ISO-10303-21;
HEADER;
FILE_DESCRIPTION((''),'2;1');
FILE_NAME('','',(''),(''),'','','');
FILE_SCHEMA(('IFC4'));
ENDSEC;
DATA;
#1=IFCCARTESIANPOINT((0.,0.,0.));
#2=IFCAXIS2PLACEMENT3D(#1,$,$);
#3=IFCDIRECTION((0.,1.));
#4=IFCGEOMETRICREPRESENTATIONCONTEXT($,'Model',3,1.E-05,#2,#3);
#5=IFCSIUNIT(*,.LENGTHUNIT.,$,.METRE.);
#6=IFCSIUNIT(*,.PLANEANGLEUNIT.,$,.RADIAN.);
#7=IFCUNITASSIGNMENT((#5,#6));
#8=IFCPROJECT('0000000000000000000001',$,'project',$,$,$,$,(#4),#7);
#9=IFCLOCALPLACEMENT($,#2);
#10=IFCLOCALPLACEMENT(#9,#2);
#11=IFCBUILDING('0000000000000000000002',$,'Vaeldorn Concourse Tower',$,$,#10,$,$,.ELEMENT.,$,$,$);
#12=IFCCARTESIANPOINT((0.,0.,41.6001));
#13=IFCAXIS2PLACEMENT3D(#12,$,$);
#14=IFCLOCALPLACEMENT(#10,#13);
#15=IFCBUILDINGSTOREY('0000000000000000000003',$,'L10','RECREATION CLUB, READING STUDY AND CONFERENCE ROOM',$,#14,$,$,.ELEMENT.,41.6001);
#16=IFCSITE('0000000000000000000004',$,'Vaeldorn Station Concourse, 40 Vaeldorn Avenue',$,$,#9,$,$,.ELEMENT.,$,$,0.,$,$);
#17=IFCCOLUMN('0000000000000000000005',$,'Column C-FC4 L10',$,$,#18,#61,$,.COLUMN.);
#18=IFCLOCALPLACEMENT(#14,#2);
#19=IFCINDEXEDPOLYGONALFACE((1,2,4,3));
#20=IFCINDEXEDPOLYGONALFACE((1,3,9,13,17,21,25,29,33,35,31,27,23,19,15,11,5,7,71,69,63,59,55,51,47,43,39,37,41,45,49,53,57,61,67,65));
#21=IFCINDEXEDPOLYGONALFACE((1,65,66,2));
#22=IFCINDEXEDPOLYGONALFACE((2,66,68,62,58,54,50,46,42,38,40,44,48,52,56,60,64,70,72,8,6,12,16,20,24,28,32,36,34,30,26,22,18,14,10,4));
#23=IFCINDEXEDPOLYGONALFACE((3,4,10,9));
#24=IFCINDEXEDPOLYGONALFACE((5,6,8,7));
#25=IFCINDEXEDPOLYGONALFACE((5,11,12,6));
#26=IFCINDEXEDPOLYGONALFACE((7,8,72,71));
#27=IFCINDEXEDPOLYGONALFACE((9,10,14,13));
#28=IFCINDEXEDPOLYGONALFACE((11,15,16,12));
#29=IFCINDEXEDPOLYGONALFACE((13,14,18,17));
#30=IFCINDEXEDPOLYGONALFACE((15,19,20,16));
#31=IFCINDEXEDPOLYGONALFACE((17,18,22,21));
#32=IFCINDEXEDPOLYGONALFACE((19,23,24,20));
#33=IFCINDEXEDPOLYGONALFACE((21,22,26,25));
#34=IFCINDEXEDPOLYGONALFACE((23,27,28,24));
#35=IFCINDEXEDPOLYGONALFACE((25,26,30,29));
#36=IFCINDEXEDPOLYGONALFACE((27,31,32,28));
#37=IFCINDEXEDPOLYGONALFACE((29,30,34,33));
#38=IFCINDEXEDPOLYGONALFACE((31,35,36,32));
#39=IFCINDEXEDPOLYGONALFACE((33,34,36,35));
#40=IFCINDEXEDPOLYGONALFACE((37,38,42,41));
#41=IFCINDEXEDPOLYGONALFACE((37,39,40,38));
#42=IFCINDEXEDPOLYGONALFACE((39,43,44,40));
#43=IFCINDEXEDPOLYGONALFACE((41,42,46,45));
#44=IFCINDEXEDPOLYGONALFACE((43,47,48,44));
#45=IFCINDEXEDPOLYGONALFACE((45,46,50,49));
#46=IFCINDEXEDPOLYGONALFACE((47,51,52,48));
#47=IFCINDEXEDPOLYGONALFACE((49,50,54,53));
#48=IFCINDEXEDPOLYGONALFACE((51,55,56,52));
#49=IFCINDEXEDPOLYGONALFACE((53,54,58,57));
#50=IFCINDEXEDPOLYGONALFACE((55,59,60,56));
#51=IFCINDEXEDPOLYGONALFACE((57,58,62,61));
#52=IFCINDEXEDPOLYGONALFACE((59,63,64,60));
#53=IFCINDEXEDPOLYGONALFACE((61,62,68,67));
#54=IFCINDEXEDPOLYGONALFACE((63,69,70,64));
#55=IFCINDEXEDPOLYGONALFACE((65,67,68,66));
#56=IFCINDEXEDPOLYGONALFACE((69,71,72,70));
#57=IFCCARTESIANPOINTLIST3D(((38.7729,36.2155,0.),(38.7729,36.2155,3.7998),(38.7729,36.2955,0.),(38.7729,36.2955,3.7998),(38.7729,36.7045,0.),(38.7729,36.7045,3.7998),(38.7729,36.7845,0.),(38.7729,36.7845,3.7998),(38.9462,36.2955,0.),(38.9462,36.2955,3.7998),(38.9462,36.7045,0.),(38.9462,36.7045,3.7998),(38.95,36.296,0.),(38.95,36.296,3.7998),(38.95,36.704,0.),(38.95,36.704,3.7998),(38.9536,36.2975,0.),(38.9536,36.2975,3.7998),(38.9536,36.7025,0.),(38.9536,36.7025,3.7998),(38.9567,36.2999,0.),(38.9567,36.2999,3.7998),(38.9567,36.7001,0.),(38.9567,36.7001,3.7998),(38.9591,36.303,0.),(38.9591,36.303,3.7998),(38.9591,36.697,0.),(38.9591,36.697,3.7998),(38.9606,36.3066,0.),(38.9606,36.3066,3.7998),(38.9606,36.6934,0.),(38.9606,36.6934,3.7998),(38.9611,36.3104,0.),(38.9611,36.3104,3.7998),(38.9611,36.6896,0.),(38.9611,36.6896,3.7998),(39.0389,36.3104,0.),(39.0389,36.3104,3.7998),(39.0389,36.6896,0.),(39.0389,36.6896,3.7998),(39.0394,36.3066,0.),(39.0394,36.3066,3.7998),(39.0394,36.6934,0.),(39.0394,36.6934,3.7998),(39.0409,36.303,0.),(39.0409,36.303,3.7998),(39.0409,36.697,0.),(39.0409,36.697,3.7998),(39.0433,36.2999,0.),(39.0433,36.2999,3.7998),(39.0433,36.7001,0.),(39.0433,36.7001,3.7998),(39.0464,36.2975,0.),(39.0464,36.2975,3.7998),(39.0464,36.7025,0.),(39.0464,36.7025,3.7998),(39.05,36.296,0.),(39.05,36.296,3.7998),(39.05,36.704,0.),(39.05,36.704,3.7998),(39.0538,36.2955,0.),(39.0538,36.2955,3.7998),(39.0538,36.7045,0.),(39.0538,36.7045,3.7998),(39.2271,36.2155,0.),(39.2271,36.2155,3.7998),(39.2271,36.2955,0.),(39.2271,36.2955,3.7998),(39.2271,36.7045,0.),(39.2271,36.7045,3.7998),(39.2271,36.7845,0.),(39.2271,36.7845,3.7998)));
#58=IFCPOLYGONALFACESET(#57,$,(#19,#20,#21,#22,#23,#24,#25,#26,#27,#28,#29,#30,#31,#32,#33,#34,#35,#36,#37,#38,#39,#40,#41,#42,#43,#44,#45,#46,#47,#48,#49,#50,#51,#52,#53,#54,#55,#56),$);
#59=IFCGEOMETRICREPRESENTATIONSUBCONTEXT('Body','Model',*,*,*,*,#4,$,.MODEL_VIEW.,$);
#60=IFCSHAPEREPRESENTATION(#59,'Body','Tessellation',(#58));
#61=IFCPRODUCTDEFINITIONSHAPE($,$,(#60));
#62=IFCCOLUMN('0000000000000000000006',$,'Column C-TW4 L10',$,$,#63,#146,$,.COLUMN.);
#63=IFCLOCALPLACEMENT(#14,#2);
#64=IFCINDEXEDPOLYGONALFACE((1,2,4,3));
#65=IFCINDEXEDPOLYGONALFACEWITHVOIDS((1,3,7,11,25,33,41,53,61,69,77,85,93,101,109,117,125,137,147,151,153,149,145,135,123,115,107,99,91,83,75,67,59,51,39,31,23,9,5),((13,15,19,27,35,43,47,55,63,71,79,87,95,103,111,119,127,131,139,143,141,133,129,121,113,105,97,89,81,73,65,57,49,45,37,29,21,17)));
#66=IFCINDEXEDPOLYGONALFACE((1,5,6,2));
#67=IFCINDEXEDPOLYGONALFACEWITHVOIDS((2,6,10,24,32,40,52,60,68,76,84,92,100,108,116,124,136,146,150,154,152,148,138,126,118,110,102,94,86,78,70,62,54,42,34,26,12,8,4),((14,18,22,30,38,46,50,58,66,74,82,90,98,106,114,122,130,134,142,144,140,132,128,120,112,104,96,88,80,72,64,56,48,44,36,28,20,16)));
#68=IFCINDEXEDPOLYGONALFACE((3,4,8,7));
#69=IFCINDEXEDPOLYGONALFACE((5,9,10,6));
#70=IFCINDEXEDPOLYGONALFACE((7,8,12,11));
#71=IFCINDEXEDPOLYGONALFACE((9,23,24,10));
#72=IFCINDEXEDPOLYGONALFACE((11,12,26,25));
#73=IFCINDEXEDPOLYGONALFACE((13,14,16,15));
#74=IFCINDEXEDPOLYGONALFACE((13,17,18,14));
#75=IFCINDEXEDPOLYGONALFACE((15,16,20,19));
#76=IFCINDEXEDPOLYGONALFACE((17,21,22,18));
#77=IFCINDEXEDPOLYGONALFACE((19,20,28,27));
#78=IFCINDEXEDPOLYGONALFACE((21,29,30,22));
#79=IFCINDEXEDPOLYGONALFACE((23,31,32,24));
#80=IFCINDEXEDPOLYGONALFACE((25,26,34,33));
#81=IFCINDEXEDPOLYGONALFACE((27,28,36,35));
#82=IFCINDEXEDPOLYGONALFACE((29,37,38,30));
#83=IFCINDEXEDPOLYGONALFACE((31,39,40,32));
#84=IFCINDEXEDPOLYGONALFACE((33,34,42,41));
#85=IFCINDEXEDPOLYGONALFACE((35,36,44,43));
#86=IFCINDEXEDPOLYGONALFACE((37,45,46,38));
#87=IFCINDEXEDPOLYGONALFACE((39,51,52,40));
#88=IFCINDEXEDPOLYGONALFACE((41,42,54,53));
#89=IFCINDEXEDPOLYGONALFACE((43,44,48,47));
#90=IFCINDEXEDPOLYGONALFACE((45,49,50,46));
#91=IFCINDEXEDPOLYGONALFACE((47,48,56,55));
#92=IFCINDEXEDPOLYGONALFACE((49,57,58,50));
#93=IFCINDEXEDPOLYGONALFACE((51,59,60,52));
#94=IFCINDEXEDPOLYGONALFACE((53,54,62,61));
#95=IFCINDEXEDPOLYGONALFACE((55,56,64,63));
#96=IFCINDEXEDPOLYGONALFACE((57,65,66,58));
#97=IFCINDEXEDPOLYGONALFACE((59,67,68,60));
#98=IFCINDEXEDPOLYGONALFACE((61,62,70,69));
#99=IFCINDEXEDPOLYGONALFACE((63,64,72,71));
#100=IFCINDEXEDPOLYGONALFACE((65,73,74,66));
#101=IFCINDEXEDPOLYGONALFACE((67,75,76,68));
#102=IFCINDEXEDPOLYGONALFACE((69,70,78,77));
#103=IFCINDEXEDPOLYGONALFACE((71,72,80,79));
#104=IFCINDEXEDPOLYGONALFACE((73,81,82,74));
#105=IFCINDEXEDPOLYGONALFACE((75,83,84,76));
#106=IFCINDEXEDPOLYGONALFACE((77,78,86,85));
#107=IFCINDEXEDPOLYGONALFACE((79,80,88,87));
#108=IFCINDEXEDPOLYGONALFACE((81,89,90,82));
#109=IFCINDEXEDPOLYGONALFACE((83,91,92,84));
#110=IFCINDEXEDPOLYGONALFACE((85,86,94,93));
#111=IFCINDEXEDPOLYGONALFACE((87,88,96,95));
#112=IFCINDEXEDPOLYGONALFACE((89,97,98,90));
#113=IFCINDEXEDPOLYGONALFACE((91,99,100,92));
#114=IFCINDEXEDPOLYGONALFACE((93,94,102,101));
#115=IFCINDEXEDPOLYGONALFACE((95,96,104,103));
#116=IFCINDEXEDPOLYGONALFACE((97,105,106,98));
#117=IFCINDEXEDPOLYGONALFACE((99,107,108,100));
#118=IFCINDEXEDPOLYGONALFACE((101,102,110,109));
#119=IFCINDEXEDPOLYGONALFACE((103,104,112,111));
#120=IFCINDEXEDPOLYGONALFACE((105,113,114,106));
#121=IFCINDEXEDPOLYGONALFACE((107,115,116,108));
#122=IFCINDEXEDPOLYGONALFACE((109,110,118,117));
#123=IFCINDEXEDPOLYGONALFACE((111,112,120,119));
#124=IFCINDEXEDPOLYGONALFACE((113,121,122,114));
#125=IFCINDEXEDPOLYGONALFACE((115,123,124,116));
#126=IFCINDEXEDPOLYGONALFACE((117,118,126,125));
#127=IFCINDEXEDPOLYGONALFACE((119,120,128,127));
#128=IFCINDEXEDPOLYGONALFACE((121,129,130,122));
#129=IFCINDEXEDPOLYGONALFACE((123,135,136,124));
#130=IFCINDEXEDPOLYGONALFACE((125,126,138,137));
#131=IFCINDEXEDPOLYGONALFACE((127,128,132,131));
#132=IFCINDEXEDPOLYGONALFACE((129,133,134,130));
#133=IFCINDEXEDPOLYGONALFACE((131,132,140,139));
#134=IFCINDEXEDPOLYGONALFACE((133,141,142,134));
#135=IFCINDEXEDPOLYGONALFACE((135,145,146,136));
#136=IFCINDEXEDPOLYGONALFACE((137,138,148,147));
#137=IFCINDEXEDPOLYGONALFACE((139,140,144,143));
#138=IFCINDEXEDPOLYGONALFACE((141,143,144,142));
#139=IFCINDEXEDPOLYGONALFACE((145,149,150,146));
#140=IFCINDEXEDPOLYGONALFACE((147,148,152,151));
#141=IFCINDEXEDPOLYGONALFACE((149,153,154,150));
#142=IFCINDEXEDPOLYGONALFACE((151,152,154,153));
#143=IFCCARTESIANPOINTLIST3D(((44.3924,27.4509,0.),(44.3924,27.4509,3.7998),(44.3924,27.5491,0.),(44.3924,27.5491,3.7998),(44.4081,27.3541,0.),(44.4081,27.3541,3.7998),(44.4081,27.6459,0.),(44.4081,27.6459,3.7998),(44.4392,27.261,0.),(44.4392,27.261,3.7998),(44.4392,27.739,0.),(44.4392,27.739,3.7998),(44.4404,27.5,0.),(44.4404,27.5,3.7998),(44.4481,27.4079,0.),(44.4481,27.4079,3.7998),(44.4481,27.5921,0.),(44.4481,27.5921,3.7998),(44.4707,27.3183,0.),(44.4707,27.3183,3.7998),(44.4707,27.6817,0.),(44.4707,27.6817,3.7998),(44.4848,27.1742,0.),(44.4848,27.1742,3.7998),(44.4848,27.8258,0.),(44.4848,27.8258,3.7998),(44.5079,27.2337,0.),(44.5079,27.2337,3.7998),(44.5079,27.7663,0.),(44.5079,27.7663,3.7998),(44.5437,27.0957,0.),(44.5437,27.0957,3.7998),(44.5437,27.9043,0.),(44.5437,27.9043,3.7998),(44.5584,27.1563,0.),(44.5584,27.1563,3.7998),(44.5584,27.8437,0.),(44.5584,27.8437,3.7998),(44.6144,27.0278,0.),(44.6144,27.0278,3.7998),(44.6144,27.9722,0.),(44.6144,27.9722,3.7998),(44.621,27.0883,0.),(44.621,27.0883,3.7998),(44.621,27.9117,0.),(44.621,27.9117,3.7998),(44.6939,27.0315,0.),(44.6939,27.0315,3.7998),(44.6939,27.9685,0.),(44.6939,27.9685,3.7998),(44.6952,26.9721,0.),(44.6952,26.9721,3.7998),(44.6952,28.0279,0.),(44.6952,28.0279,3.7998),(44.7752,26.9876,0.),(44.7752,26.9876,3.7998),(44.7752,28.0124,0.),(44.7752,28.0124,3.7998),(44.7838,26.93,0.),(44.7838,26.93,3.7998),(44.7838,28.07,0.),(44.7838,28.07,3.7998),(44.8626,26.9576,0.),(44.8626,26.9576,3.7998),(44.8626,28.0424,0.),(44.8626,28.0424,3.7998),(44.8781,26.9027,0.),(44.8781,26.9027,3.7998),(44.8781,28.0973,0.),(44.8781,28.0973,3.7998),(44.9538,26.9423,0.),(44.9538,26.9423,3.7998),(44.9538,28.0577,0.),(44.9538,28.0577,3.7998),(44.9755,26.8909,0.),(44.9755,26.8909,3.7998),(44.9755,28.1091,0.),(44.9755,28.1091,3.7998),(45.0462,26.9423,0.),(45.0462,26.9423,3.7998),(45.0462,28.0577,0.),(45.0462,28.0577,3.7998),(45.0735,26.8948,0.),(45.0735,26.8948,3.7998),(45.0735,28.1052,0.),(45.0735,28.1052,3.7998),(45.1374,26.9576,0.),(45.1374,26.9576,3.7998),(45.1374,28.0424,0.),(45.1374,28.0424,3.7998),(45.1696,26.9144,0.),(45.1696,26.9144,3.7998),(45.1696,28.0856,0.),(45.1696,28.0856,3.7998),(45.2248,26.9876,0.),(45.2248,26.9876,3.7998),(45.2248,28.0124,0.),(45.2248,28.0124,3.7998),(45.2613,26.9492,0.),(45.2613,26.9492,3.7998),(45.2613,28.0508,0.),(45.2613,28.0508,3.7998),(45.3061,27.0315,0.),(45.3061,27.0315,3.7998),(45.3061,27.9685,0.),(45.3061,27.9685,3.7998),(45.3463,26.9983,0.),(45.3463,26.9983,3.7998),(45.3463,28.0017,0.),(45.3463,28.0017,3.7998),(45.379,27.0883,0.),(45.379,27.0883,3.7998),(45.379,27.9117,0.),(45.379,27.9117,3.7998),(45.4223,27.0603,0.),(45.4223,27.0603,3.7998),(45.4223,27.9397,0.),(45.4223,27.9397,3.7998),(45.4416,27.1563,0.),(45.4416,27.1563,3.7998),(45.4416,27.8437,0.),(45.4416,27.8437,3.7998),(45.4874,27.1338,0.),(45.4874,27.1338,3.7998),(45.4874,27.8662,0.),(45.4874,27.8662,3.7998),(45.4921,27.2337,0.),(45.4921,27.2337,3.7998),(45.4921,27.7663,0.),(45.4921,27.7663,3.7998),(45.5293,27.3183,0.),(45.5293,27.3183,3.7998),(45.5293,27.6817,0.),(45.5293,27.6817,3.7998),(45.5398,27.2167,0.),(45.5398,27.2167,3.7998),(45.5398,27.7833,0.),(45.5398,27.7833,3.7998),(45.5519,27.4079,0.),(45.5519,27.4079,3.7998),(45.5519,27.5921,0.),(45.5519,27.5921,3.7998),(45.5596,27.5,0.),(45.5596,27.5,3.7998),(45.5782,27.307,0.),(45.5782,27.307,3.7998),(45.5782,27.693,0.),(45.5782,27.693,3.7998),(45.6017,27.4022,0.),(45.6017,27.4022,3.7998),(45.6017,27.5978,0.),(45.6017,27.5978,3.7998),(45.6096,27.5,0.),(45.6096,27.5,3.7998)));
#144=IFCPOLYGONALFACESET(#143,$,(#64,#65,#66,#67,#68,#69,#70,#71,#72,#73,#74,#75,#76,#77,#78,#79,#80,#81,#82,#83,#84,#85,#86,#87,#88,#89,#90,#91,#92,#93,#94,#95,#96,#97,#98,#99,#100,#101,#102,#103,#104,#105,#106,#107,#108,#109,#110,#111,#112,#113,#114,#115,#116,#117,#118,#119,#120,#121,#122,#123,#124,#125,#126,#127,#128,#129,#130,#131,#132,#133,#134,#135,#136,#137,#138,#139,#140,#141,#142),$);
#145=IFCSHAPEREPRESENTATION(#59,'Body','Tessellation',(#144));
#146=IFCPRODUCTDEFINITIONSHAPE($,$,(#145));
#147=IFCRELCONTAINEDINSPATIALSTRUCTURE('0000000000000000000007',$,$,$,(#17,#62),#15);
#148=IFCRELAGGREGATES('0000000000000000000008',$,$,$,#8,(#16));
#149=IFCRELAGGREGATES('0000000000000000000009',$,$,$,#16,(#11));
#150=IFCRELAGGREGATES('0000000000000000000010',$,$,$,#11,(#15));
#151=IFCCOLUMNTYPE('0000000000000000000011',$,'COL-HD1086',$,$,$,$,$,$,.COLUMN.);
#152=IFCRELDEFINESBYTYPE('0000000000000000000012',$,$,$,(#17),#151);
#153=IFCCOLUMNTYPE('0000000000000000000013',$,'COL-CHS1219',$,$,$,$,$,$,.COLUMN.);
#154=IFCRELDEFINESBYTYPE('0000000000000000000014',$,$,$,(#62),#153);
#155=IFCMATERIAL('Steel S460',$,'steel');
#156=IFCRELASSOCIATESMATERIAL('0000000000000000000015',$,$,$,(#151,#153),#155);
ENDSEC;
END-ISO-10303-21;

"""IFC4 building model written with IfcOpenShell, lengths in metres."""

from ifc_helpers import new_model, si_unit, direction, frame, origin, origin_2d, place, context, subcontext, project, spatial, hollow_circle, i_section, extrude, source, transform, mapped, material, material_profile, profile_set, type_object, element, save


model = new_model("IFC4")

# Units and contexts
model_context = context("Model", 3, precision=1e-05, world=origin(), true_north=direction((0.0, 1.0)))
body_context = subcontext(model_context, "Body", "Model", "MODEL_VIEW")
ifc_project = project(units=[si_unit("LENGTHUNIT", "METRE"), si_unit("PLANEANGLEUNIT", "RADIAN")], contexts=[model_context])

# Site, building, storey
site_placement = place(None, origin())
site = spatial("IfcSite", under=ifc_project, at=site_placement, Name="Vaeldorn Station Concourse, 40 Vaeldorn Avenue", CompositionType="ELEMENT", RefElevation=0.0)
building_placement = place(site_placement, origin())
building = spatial("IfcBuilding", under=site, at=building_placement, Name="Vaeldorn Concourse Tower", CompositionType="ELEMENT")
storey_placement = place(building_placement, frame((0.0, 0.0, 41.6001)))
storey = spatial("IfcBuildingStorey", under=building, at=storey_placement, Name="L10", Description="RECREATION CLUB, READING STUDY AND CONFERENCE ROOM", CompositionType="ELEMENT", Elevation=41.6001)

# Columns
ifc_material_1 = material(Name="Steel S460", Category="steel")
ifc_material_profile_1 = material_profile(ifc_material_1, i_section(OverallWidth=0.4541, OverallDepth=0.5691, WebThickness=0.0779, FlangeThickness=0.0801, FilletRadius=0.0149, at=origin_2d()), Name="HD 400x1086")
ifc_profile_set_1 = profile_set([ifc_material_profile_1], Name="Steel S460")
column_type_1 = type_object("IfcColumnType", Name="COL-HD1086", PredefinedType="COLUMN", material=ifc_profile_set_1)
shared_shape_1 = source(origin(), body_context, "Body", "SweptSolid", [
    extrude(i_section(OverallWidth=0.4541, OverallDepth=0.5691, WebThickness=0.0779, FlangeThickness=0.0801, FilletRadius=0.0149, at=origin_2d()), origin(), (0.0, 0.0, 1.0), 3.7998),
])
column_1_placement = place(storey_placement, frame((39.0, 36.5, 0.0), z_axis=(0.0, 0.0, 1.0), x_axis=(1.0, 0.0, 0.0)))
element("IfcColumn", 1, at=column_1_placement, inside=storey, type_object=column_type_1, Name="Column C-FC4 L10", PredefinedType="COLUMN", context=body_context, shape_type="MappedRepresentation", body=[
    mapped(shared_shape_1, transform((0.0, 0.0, 0.0), scale=1.0)),
])
ifc_material_profile_2 = material_profile(ifc_material_1, hollow_circle(Radius=0.6096, WallThickness=0.05, at=origin_2d()), Name="CHS 1219x50")
ifc_profile_set_2 = profile_set([ifc_material_profile_2], Name="Steel S460")
column_type_2 = type_object("IfcColumnType", Name="COL-CHS1219", PredefinedType="COLUMN", material=ifc_profile_set_2)
shared_shape_2 = source(origin(), body_context, "Body", "SweptSolid", [
    extrude(hollow_circle(Radius=0.6096, WallThickness=0.05, at=origin_2d()), origin(), (0.0, 0.0, 1.0), 3.7998),
])
column_2_placement = place(storey_placement, frame((45.0, 27.5, 0.0), z_axis=(0.0, 0.0, 1.0), x_axis=(1.0, 0.0, 0.0)))
element("IfcColumn", 2, at=column_2_placement, inside=storey, type_object=column_type_2, Name="Column C-TW4 L10", PredefinedType="COLUMN", context=body_context, shape_type="MappedRepresentation", body=[
    mapped(shared_shape_2, transform((0.0, 0.0, 0.0), scale=1.0)),
])

save(model, "model.ifc")
